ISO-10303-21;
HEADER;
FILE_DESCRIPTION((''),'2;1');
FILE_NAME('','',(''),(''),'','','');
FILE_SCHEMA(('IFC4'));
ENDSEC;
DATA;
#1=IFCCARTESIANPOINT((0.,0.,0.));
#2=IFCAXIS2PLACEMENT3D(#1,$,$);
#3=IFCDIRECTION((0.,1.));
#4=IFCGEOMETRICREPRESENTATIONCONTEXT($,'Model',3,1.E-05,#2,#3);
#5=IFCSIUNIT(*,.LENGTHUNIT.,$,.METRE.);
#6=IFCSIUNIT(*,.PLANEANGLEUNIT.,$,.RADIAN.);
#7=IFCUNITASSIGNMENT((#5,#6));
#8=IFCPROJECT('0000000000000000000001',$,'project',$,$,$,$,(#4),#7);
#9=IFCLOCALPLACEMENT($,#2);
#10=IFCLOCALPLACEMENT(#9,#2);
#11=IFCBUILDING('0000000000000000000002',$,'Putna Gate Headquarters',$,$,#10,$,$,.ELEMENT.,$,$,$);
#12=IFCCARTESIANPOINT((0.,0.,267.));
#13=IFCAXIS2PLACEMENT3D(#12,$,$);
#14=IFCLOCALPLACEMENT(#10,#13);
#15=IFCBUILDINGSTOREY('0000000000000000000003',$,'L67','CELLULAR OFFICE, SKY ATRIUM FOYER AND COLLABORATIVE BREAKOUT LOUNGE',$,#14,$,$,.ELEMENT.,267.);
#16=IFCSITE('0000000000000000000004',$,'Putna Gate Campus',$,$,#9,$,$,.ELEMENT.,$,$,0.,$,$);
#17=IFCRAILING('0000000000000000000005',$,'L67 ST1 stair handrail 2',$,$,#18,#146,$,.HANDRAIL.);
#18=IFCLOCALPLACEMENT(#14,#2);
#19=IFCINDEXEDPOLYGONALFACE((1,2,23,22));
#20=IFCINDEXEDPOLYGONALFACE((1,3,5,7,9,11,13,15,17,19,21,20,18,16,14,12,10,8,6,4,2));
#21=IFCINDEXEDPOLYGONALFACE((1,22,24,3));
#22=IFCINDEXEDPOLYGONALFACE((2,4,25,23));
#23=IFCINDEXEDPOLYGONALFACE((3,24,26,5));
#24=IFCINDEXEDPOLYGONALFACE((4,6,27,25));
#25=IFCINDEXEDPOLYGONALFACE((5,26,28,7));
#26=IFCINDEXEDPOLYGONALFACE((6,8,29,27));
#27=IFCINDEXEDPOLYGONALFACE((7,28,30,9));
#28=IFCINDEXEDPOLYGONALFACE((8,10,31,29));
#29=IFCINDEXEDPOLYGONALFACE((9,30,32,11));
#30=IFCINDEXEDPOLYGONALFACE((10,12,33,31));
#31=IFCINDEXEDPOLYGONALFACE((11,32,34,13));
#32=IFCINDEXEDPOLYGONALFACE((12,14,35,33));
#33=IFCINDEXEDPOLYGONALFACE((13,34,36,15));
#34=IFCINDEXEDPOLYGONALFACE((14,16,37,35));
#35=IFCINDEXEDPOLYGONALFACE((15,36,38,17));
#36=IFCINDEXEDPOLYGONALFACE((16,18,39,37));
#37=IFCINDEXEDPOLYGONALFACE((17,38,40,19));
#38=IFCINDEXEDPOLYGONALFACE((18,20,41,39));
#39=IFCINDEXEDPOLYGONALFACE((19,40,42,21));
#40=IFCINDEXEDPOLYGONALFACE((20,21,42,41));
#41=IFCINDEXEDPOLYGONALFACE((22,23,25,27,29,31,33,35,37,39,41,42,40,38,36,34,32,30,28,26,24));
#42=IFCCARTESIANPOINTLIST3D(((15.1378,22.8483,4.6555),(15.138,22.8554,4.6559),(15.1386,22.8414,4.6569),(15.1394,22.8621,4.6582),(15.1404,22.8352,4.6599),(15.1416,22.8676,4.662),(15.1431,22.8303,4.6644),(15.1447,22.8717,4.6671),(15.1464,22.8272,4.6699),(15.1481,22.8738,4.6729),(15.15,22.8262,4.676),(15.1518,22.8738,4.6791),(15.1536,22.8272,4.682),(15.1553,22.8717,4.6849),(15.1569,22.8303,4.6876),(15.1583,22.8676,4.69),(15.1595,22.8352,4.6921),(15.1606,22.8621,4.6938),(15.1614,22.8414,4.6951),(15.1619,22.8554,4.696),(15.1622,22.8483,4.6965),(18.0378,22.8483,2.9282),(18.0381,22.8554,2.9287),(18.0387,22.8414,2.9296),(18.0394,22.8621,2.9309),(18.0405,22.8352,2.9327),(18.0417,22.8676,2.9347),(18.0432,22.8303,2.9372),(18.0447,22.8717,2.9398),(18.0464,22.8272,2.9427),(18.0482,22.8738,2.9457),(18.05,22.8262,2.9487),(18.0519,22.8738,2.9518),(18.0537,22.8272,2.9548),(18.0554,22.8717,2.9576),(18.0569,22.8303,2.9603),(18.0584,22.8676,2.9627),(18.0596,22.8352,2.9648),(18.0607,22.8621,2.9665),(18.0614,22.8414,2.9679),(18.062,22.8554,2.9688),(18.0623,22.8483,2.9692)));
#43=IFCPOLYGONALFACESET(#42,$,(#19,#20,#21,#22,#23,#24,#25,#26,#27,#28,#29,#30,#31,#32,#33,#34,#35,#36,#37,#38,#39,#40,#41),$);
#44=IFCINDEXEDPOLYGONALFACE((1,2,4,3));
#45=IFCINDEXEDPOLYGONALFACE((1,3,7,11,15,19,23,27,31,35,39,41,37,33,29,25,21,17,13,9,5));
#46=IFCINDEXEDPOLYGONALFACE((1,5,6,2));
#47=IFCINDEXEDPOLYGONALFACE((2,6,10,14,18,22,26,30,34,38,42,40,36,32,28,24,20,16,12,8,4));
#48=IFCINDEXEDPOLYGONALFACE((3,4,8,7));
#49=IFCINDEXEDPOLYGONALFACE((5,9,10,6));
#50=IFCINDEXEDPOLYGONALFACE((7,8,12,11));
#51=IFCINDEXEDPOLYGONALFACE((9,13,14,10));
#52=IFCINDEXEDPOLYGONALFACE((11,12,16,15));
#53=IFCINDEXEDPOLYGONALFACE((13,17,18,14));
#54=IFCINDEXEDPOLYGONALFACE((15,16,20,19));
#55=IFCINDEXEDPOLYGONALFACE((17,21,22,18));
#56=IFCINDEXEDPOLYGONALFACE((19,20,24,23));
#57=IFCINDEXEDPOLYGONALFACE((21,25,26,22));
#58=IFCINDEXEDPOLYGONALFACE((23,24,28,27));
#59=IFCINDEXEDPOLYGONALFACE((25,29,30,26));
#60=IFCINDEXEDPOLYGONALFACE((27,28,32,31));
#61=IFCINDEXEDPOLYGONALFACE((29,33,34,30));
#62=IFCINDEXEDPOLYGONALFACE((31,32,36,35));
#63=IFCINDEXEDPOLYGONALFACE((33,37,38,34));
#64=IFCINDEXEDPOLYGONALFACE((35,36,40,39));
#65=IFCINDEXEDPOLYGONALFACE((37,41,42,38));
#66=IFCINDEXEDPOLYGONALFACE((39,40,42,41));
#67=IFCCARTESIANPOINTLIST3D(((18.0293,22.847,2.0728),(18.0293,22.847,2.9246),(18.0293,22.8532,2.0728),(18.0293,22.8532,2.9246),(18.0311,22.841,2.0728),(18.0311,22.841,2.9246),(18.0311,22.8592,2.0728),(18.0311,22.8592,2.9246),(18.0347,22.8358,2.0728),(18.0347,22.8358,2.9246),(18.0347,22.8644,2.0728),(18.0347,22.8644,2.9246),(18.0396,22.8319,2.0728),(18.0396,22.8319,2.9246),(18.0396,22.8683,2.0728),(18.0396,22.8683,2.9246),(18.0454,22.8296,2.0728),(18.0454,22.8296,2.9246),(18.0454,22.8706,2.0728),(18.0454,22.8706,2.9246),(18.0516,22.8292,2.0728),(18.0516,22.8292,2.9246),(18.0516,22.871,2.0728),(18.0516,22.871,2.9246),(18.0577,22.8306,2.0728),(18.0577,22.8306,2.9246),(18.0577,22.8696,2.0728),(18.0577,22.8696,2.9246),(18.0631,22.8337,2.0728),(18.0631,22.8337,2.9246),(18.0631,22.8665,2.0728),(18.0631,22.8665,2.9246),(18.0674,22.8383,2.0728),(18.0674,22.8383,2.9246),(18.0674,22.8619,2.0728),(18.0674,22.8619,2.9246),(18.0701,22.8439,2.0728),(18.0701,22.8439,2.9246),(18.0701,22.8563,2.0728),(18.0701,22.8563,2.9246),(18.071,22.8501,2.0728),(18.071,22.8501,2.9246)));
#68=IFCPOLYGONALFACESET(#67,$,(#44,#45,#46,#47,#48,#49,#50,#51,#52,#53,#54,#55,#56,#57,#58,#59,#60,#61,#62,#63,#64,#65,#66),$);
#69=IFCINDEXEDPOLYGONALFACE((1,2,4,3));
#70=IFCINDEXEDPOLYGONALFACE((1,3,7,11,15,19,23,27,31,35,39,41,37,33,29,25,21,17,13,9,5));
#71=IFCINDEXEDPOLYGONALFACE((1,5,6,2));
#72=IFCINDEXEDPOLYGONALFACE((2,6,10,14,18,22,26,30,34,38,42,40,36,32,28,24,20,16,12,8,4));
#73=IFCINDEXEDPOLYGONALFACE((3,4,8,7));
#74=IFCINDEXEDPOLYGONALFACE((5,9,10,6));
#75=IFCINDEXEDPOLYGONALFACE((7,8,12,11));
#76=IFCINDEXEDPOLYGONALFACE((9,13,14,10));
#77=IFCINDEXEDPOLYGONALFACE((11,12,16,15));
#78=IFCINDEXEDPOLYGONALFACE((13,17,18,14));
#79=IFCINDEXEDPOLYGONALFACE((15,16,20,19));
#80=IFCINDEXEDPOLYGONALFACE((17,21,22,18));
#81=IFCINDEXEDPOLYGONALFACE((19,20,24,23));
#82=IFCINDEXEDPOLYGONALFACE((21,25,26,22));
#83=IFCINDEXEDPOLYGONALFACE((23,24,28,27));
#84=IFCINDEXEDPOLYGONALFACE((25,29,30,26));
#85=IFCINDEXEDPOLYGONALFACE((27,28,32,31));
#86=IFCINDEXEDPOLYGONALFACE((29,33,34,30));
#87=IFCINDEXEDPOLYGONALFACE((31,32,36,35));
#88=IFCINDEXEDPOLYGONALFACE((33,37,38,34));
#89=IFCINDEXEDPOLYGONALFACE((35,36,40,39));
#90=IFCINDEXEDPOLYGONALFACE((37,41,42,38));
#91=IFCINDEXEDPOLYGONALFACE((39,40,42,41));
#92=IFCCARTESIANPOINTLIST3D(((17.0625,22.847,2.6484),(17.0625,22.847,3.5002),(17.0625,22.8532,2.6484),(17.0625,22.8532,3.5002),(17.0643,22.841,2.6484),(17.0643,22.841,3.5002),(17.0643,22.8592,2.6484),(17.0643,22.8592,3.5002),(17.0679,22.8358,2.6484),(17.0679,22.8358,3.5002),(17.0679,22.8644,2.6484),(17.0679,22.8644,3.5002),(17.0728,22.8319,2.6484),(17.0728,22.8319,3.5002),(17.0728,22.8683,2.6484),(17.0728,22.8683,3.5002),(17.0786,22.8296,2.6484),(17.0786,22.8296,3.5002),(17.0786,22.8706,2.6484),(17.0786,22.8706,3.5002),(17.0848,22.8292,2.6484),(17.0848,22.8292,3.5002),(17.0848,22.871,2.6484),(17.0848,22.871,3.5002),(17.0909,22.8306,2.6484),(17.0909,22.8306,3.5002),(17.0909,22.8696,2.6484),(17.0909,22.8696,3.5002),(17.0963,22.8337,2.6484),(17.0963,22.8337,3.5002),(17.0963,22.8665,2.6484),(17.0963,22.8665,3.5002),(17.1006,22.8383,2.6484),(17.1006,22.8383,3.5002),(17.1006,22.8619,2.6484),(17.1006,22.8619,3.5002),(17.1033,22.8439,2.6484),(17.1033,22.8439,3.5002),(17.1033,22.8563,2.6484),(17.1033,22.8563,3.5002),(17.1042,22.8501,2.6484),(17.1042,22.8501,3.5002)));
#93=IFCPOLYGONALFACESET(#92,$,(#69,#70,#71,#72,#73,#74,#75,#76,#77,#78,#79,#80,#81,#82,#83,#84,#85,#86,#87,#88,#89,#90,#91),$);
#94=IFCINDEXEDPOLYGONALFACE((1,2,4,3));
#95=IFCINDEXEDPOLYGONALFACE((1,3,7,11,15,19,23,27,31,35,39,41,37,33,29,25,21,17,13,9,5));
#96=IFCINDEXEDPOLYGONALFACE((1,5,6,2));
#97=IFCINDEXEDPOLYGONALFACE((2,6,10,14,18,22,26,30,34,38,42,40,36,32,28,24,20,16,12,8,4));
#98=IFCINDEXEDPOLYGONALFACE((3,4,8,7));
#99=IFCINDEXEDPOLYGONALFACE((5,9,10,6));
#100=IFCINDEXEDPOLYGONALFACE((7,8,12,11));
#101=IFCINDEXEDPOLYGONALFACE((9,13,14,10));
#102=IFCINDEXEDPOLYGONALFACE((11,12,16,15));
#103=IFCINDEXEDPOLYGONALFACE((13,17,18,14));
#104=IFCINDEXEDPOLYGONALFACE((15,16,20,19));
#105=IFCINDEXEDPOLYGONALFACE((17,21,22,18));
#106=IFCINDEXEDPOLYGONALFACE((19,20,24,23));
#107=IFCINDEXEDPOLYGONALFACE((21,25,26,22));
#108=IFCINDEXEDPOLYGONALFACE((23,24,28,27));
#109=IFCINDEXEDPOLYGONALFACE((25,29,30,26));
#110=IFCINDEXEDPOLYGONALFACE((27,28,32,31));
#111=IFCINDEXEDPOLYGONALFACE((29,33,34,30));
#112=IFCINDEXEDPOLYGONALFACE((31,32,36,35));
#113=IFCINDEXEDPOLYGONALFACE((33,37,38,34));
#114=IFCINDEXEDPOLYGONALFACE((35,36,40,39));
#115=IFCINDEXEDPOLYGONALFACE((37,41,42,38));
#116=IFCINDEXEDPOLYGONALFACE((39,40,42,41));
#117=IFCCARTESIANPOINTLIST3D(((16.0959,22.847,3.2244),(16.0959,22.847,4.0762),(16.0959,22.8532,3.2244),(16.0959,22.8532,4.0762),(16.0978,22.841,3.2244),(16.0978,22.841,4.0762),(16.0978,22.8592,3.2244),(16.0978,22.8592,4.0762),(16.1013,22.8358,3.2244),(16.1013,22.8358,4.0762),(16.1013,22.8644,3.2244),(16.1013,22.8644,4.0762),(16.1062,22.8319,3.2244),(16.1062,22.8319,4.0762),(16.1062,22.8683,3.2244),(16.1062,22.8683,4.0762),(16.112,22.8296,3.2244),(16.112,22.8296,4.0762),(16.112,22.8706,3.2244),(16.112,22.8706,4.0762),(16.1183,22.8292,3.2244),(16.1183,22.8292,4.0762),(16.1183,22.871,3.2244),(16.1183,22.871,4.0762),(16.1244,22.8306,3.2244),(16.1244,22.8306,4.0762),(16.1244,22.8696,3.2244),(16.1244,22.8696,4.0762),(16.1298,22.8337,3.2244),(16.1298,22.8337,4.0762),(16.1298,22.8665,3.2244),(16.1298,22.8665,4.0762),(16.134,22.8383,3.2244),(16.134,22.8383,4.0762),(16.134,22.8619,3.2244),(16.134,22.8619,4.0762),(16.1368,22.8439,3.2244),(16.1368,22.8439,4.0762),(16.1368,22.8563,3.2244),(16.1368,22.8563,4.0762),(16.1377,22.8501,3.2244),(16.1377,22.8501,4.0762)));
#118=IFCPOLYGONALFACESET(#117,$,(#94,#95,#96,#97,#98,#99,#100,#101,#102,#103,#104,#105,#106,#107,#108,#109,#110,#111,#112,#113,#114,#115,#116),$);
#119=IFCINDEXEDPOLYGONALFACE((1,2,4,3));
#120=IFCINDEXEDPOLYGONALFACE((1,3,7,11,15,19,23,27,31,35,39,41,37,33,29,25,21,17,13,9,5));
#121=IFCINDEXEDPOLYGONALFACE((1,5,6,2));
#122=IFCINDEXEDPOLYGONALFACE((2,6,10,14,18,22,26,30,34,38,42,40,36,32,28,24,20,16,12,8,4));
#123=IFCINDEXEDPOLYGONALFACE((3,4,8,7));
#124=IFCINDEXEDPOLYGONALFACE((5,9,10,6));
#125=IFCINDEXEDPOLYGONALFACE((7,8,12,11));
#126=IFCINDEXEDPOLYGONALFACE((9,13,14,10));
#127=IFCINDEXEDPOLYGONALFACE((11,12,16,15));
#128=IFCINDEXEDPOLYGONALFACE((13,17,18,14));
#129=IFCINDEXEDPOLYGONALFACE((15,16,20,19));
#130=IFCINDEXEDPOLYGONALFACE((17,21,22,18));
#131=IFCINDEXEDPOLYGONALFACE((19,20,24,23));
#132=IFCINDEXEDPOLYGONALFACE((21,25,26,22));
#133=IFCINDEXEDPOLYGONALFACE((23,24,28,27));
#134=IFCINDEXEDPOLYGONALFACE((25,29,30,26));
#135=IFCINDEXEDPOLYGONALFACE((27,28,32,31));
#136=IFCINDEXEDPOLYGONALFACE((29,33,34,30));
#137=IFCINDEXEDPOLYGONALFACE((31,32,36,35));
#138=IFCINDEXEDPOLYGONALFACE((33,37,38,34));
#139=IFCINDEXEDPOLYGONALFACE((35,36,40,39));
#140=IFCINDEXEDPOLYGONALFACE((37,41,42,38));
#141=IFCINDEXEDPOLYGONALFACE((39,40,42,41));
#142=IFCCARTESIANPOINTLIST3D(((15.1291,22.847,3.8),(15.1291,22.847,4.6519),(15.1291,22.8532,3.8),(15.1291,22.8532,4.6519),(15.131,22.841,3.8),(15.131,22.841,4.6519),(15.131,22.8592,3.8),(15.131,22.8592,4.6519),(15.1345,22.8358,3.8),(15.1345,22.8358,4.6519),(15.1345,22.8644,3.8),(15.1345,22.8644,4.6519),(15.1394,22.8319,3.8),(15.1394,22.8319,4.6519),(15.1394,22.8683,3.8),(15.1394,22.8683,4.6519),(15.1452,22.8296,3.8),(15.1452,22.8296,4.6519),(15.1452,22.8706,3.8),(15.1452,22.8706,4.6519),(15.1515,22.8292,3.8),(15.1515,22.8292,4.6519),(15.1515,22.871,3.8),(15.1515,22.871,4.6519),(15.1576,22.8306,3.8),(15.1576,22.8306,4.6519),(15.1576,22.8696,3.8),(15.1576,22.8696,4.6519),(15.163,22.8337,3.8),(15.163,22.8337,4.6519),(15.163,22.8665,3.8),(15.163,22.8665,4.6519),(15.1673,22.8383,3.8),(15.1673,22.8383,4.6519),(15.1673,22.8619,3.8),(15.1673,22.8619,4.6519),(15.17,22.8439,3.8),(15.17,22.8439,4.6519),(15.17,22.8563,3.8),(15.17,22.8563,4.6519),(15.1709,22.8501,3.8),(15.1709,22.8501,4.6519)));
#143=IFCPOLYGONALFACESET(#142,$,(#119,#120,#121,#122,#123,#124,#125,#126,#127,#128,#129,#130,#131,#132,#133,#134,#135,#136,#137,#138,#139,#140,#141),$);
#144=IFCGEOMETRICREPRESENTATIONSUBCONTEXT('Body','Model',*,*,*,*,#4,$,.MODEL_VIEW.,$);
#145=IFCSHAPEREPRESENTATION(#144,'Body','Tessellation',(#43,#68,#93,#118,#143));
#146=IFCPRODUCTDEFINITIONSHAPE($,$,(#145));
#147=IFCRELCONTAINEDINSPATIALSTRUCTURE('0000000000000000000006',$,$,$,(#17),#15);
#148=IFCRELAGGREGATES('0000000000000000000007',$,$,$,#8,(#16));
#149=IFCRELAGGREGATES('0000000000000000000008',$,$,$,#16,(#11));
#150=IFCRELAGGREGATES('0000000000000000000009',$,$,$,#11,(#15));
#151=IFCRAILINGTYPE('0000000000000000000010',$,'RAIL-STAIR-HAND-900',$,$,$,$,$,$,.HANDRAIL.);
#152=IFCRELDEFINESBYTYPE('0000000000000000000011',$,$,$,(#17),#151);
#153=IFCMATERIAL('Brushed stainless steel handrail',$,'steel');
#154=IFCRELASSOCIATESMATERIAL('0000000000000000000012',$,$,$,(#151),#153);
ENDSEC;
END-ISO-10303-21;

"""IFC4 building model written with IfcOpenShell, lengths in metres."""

from ifc_helpers import new_model, si_unit, direction, frame, origin, origin_2d, place, context, subcontext, project, spatial, circle, extrude, material, type_object, element, save


model = new_model("IFC4")

# Units and contexts
model_context = context("Model", 3, precision=1e-05, world=origin(), true_north=direction((0.0, 1.0)))
body_context = subcontext(model_context, "Body", "Model", "MODEL_VIEW")
ifc_project = project(units=[si_unit("LENGTHUNIT", "METRE"), si_unit("PLANEANGLEUNIT", "RADIAN")], contexts=[model_context])

# Site, building, storey
site_placement = place(None, origin())
site = spatial("IfcSite", under=ifc_project, at=site_placement, Name="Putna Gate Campus", CompositionType="ELEMENT", RefElevation=0.0)
building_placement = place(site_placement, origin())
building = spatial("IfcBuilding", under=site, at=building_placement, Name="Putna Gate Headquarters", CompositionType="ELEMENT")
storey_placement = place(building_placement, frame((0.0, 0.0, 267.0)))
storey = spatial("IfcBuildingStorey", under=building, at=storey_placement, Name="L67", Description="CELLULAR OFFICE, SKY ATRIUM FOYER AND COLLABORATIVE BREAKOUT LOUNGE", CompositionType="ELEMENT", Elevation=267.0)

# Railing
ifc_material_1 = material(Name="Brushed stainless steel handrail", Category="steel")
railing_type_1 = type_object("IfcRailingType", Name="RAIL-STAIR-HAND-900", PredefinedType="HANDRAIL", material=ifc_material_1)
railing_1_placement = place(storey_placement, frame((18.05, 22.8501, 2.0728)))
element("IfcRailing", 1, at=railing_1_placement, inside=storey, type_object=railing_type_1, Name="L67 ST1 stair handrail 2", PredefinedType="HANDRAIL", context=body_context, shape_type="SweptSolid", body=[
    extrude(circle(Radius=0.0239, at=origin_2d()), frame((0.0, 0.0, 0.876), z_axis=(-0.85916, 0.0, 0.511706), x_axis=(0.0, -1.0, 0.0)), (0.0, 0.0, 1.0), 3.3755),
    extrude(circle(Radius=0.021, at=origin_2d()), origin(), (0.0, 0.0, 1.0), 0.8518),
    extrude(circle(Radius=0.021, at=origin_2d()), frame((-0.9668, 0.0, 0.5757)), (0.0, 0.0, 1.0), 0.8518),
    extrude(circle(Radius=0.021, at=origin_2d()), frame((-1.9333, 0.0, 1.1516)), (0.0, 0.0, 1.0), 0.8518),
    extrude(circle(Radius=0.021, at=origin_2d()), frame((-2.9001, 0.0, 1.7273)), (0.0, 0.0, 1.0), 0.8518),
])

save(model, "model.ifc")
